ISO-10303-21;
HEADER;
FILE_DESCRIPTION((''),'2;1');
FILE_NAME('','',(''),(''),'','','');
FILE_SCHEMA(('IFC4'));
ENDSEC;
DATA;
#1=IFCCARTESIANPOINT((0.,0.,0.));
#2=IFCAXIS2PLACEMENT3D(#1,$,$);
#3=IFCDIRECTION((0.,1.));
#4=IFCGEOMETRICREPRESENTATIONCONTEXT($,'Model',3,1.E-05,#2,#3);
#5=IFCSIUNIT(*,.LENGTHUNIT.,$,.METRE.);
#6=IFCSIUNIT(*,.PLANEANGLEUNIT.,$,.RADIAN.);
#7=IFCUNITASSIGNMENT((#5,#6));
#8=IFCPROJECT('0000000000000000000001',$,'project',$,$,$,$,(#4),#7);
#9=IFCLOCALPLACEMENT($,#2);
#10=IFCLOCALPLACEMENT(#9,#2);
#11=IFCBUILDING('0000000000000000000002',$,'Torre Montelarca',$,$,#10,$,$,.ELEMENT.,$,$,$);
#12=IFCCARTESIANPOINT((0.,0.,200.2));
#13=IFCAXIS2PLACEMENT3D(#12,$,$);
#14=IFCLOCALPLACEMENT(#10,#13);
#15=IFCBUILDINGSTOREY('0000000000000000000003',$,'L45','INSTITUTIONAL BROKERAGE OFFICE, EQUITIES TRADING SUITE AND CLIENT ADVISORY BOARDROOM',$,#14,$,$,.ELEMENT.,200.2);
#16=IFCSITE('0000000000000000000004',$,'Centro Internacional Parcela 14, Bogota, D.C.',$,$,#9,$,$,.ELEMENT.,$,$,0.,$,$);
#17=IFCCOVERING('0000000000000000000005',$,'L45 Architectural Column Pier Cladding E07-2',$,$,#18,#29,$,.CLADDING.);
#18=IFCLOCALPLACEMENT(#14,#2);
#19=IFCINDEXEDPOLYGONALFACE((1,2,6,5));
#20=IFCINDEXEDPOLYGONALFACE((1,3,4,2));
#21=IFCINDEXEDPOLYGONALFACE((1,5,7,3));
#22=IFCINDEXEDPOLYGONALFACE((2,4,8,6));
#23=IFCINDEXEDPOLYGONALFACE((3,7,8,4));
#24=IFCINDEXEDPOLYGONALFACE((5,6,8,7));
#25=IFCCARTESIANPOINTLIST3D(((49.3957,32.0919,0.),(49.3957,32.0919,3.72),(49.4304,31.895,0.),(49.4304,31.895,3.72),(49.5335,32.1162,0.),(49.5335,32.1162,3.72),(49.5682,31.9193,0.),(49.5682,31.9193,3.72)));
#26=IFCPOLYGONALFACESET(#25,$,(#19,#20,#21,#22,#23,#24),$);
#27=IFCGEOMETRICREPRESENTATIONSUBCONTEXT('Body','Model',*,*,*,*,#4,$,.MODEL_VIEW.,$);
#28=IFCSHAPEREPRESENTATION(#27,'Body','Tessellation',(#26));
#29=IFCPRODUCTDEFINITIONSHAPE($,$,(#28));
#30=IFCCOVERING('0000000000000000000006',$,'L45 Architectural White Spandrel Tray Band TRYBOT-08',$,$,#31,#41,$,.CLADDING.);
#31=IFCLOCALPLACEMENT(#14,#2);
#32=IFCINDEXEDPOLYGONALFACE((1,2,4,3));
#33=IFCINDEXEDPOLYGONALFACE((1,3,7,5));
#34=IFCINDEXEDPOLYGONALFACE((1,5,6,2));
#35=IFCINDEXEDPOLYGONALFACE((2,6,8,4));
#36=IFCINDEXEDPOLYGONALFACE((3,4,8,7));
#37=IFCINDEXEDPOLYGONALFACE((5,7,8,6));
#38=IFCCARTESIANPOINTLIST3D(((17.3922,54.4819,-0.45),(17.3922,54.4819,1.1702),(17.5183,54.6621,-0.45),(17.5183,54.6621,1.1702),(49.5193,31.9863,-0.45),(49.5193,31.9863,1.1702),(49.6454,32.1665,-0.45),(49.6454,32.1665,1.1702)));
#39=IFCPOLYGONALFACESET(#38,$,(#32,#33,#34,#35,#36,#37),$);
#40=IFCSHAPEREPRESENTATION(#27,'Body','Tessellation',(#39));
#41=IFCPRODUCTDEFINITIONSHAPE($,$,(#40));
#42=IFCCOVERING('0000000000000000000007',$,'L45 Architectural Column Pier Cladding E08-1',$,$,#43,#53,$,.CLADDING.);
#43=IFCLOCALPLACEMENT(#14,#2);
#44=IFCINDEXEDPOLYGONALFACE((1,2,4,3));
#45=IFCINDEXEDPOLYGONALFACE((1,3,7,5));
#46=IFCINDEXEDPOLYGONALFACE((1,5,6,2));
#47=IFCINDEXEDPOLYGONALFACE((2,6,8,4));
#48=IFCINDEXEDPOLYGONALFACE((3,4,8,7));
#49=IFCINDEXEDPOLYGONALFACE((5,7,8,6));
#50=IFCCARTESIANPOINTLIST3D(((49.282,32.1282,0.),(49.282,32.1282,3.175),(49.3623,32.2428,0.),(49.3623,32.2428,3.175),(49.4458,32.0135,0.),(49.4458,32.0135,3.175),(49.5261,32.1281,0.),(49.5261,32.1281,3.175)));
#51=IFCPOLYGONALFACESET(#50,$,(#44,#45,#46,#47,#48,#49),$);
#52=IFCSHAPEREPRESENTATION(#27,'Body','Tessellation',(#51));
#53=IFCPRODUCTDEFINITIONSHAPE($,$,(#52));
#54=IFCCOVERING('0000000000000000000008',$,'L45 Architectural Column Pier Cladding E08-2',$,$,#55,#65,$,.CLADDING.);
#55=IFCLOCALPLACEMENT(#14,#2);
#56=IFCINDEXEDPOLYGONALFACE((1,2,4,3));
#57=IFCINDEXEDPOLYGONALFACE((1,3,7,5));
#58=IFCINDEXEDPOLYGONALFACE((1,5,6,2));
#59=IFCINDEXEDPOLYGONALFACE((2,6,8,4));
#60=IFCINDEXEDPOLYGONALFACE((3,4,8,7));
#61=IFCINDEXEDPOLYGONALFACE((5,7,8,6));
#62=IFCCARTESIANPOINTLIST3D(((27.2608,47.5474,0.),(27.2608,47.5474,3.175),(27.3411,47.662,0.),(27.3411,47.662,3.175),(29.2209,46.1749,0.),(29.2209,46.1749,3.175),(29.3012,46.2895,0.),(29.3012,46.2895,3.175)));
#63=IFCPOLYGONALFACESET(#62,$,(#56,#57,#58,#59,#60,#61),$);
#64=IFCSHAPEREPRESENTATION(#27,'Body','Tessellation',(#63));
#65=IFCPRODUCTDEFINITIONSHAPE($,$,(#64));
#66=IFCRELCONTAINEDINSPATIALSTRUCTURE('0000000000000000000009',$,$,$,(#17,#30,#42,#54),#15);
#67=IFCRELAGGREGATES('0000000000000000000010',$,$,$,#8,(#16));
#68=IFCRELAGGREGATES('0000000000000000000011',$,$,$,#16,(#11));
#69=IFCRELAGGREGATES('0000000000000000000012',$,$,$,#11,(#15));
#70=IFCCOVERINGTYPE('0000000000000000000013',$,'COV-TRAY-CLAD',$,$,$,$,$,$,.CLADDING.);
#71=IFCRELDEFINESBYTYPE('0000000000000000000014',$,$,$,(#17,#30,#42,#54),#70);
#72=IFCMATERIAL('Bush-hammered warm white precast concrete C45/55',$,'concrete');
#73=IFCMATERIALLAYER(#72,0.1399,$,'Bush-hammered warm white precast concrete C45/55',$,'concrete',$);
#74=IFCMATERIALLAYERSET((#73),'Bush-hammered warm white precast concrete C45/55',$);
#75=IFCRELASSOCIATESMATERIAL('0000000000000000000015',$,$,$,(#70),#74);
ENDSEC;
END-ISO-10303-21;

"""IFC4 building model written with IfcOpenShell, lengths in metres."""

from ifc_helpers import new_model, si_unit, direction, frame, origin, origin_2d, place, context, subcontext, project, spatial, rectangle, extrude, source, transform, mapped, material, layer, layer_set, type_object, element, save


model = new_model("IFC4")

# Units and contexts
model_context = context("Model", 3, precision=1e-05, world=origin(), true_north=direction((0.0, 1.0)))
body_context = subcontext(model_context, "Body", "Model", "MODEL_VIEW")
ifc_project = project(units=[si_unit("LENGTHUNIT", "METRE"), si_unit("PLANEANGLEUNIT", "RADIAN")], contexts=[model_context])

# Site, building, storey
site_placement = place(None, origin())
site = spatial("IfcSite", under=ifc_project, at=site_placement, Name="Centro Internacional Parcela 14, Bogota, D.C.", CompositionType="ELEMENT", RefElevation=0.0)
building_placement = place(site_placement, origin())
building = spatial("IfcBuilding", under=site, at=building_placement, Name="Torre Montelarca", CompositionType="ELEMENT")
storey_placement = place(building_placement, frame((0.0, 0.0, 200.2)))
storey = spatial("IfcBuildingStorey", under=building, at=storey_placement, Name="L45", Description="INSTITUTIONAL BROKERAGE OFFICE, EQUITIES TRADING SUITE AND CLIENT ADVISORY BOARDROOM", CompositionType="ELEMENT", Elevation=200.2)

# Coverings
ifc_material_1 = material(Name="Bush-hammered warm white precast concrete C45/55", Category="concrete")
ifc_layer_1 = layer(ifc_material_1, 0.1399, Name="Bush-hammered warm white precast concrete C45/55", Category="concrete")
ifc_layer_set_1 = layer_set([ifc_layer_1], Name="Bush-hammered warm white precast concrete C45/55")
covering_type = type_object("IfcCoveringType", Name="COV-TRAY-CLAD", PredefinedType="CLADDING", material=ifc_layer_set_1)
shared_shape_1 = source(origin(), body_context, "Body", "SweptSolid", [
    extrude(rectangle(XDim=0.2, YDim=0.1399, at=origin_2d()), origin(), (0.0, 0.0, 1.0), 3.72),
])
covering_1_placement = place(storey_placement, frame((49.4819, 32.0056, 0.0), z_axis=(0.0, 0.0, 1.0), x_axis=(-0.173645, 0.984808, 0.0)))
element("IfcCovering", 1, at=covering_1_placement, inside=storey, type_object=covering_type, Name="L45 Architectural Column Pier Cladding E07-2", PredefinedType="CLADDING", context=body_context, shape_type="MappedRepresentation", body=[
    mapped(shared_shape_1, transform((0.0, 0.0, 0.0), scale=1.0)),
])
shared_shape_2 = source(origin(), body_context, "Body", "SweptSolid", [
    extrude(rectangle(XDim=39.22, YDim=0.22, at=origin_2d()), origin(), (0.0, 0.0, 1.0), 1.6201),
])
covering_2_placement = place(storey_placement, frame((33.5188, 43.3242, -0.45), z_axis=(0.0, 0.0, 1.0), x_axis=(-0.819152, 0.573576, 0.0)))
element("IfcCovering", 2, at=covering_2_placement, inside=storey, type_object=covering_type, Name="L45 Architectural White Spandrel Tray Band TRYBOT-08", PredefinedType="CLADDING", context=body_context, shape_type="MappedRepresentation", body=[
    mapped(shared_shape_2, transform((0.0, 0.0, 0.0), scale=1.0)),
])
shared_shape_3 = source(origin(), body_context, "Body", "SweptSolid", [
    extrude(rectangle(XDim=0.2, YDim=0.1399, at=origin_2d()), origin(), (0.0, 0.0, 1.0), 3.175),
])
covering_3_placement = place(storey_placement, frame((49.4041, 32.1282, 0.0), z_axis=(0.0, 0.0, 1.0), x_axis=(-0.819154, 0.573574, 0.0)))
element("IfcCovering", 3, at=covering_3_placement, inside=storey, type_object=covering_type, Name="L45 Architectural Column Pier Cladding E08-1", PredefinedType="CLADDING", context=body_context, shape_type="MappedRepresentation", body=[
    mapped(shared_shape_3, transform((0.0, 0.0, 0.0), scale=1.0)),
])
shared_shape_4 = source(origin(), body_context, "Body", "SweptSolid", [
    extrude(rectangle(XDim=2.3928, YDim=0.1399, at=origin_2d()), origin(), (0.0, 0.0, 1.0), 3.175),
])
covering_4_placement = place(storey_placement, frame((28.281, 46.9185, 0.0), z_axis=(0.0, 0.0, 1.0), x_axis=(-0.819154, 0.573574, 0.0)))
element("IfcCovering", 4, at=covering_4_placement, inside=storey, type_object=covering_type, Name="L45 Architectural Column Pier Cladding E08-2", PredefinedType="CLADDING", context=body_context, shape_type="MappedRepresentation", body=[
    mapped(shared_shape_4, transform((0.0, 0.0, 0.0), scale=1.0)),
])

save(model, "model.ifc")
